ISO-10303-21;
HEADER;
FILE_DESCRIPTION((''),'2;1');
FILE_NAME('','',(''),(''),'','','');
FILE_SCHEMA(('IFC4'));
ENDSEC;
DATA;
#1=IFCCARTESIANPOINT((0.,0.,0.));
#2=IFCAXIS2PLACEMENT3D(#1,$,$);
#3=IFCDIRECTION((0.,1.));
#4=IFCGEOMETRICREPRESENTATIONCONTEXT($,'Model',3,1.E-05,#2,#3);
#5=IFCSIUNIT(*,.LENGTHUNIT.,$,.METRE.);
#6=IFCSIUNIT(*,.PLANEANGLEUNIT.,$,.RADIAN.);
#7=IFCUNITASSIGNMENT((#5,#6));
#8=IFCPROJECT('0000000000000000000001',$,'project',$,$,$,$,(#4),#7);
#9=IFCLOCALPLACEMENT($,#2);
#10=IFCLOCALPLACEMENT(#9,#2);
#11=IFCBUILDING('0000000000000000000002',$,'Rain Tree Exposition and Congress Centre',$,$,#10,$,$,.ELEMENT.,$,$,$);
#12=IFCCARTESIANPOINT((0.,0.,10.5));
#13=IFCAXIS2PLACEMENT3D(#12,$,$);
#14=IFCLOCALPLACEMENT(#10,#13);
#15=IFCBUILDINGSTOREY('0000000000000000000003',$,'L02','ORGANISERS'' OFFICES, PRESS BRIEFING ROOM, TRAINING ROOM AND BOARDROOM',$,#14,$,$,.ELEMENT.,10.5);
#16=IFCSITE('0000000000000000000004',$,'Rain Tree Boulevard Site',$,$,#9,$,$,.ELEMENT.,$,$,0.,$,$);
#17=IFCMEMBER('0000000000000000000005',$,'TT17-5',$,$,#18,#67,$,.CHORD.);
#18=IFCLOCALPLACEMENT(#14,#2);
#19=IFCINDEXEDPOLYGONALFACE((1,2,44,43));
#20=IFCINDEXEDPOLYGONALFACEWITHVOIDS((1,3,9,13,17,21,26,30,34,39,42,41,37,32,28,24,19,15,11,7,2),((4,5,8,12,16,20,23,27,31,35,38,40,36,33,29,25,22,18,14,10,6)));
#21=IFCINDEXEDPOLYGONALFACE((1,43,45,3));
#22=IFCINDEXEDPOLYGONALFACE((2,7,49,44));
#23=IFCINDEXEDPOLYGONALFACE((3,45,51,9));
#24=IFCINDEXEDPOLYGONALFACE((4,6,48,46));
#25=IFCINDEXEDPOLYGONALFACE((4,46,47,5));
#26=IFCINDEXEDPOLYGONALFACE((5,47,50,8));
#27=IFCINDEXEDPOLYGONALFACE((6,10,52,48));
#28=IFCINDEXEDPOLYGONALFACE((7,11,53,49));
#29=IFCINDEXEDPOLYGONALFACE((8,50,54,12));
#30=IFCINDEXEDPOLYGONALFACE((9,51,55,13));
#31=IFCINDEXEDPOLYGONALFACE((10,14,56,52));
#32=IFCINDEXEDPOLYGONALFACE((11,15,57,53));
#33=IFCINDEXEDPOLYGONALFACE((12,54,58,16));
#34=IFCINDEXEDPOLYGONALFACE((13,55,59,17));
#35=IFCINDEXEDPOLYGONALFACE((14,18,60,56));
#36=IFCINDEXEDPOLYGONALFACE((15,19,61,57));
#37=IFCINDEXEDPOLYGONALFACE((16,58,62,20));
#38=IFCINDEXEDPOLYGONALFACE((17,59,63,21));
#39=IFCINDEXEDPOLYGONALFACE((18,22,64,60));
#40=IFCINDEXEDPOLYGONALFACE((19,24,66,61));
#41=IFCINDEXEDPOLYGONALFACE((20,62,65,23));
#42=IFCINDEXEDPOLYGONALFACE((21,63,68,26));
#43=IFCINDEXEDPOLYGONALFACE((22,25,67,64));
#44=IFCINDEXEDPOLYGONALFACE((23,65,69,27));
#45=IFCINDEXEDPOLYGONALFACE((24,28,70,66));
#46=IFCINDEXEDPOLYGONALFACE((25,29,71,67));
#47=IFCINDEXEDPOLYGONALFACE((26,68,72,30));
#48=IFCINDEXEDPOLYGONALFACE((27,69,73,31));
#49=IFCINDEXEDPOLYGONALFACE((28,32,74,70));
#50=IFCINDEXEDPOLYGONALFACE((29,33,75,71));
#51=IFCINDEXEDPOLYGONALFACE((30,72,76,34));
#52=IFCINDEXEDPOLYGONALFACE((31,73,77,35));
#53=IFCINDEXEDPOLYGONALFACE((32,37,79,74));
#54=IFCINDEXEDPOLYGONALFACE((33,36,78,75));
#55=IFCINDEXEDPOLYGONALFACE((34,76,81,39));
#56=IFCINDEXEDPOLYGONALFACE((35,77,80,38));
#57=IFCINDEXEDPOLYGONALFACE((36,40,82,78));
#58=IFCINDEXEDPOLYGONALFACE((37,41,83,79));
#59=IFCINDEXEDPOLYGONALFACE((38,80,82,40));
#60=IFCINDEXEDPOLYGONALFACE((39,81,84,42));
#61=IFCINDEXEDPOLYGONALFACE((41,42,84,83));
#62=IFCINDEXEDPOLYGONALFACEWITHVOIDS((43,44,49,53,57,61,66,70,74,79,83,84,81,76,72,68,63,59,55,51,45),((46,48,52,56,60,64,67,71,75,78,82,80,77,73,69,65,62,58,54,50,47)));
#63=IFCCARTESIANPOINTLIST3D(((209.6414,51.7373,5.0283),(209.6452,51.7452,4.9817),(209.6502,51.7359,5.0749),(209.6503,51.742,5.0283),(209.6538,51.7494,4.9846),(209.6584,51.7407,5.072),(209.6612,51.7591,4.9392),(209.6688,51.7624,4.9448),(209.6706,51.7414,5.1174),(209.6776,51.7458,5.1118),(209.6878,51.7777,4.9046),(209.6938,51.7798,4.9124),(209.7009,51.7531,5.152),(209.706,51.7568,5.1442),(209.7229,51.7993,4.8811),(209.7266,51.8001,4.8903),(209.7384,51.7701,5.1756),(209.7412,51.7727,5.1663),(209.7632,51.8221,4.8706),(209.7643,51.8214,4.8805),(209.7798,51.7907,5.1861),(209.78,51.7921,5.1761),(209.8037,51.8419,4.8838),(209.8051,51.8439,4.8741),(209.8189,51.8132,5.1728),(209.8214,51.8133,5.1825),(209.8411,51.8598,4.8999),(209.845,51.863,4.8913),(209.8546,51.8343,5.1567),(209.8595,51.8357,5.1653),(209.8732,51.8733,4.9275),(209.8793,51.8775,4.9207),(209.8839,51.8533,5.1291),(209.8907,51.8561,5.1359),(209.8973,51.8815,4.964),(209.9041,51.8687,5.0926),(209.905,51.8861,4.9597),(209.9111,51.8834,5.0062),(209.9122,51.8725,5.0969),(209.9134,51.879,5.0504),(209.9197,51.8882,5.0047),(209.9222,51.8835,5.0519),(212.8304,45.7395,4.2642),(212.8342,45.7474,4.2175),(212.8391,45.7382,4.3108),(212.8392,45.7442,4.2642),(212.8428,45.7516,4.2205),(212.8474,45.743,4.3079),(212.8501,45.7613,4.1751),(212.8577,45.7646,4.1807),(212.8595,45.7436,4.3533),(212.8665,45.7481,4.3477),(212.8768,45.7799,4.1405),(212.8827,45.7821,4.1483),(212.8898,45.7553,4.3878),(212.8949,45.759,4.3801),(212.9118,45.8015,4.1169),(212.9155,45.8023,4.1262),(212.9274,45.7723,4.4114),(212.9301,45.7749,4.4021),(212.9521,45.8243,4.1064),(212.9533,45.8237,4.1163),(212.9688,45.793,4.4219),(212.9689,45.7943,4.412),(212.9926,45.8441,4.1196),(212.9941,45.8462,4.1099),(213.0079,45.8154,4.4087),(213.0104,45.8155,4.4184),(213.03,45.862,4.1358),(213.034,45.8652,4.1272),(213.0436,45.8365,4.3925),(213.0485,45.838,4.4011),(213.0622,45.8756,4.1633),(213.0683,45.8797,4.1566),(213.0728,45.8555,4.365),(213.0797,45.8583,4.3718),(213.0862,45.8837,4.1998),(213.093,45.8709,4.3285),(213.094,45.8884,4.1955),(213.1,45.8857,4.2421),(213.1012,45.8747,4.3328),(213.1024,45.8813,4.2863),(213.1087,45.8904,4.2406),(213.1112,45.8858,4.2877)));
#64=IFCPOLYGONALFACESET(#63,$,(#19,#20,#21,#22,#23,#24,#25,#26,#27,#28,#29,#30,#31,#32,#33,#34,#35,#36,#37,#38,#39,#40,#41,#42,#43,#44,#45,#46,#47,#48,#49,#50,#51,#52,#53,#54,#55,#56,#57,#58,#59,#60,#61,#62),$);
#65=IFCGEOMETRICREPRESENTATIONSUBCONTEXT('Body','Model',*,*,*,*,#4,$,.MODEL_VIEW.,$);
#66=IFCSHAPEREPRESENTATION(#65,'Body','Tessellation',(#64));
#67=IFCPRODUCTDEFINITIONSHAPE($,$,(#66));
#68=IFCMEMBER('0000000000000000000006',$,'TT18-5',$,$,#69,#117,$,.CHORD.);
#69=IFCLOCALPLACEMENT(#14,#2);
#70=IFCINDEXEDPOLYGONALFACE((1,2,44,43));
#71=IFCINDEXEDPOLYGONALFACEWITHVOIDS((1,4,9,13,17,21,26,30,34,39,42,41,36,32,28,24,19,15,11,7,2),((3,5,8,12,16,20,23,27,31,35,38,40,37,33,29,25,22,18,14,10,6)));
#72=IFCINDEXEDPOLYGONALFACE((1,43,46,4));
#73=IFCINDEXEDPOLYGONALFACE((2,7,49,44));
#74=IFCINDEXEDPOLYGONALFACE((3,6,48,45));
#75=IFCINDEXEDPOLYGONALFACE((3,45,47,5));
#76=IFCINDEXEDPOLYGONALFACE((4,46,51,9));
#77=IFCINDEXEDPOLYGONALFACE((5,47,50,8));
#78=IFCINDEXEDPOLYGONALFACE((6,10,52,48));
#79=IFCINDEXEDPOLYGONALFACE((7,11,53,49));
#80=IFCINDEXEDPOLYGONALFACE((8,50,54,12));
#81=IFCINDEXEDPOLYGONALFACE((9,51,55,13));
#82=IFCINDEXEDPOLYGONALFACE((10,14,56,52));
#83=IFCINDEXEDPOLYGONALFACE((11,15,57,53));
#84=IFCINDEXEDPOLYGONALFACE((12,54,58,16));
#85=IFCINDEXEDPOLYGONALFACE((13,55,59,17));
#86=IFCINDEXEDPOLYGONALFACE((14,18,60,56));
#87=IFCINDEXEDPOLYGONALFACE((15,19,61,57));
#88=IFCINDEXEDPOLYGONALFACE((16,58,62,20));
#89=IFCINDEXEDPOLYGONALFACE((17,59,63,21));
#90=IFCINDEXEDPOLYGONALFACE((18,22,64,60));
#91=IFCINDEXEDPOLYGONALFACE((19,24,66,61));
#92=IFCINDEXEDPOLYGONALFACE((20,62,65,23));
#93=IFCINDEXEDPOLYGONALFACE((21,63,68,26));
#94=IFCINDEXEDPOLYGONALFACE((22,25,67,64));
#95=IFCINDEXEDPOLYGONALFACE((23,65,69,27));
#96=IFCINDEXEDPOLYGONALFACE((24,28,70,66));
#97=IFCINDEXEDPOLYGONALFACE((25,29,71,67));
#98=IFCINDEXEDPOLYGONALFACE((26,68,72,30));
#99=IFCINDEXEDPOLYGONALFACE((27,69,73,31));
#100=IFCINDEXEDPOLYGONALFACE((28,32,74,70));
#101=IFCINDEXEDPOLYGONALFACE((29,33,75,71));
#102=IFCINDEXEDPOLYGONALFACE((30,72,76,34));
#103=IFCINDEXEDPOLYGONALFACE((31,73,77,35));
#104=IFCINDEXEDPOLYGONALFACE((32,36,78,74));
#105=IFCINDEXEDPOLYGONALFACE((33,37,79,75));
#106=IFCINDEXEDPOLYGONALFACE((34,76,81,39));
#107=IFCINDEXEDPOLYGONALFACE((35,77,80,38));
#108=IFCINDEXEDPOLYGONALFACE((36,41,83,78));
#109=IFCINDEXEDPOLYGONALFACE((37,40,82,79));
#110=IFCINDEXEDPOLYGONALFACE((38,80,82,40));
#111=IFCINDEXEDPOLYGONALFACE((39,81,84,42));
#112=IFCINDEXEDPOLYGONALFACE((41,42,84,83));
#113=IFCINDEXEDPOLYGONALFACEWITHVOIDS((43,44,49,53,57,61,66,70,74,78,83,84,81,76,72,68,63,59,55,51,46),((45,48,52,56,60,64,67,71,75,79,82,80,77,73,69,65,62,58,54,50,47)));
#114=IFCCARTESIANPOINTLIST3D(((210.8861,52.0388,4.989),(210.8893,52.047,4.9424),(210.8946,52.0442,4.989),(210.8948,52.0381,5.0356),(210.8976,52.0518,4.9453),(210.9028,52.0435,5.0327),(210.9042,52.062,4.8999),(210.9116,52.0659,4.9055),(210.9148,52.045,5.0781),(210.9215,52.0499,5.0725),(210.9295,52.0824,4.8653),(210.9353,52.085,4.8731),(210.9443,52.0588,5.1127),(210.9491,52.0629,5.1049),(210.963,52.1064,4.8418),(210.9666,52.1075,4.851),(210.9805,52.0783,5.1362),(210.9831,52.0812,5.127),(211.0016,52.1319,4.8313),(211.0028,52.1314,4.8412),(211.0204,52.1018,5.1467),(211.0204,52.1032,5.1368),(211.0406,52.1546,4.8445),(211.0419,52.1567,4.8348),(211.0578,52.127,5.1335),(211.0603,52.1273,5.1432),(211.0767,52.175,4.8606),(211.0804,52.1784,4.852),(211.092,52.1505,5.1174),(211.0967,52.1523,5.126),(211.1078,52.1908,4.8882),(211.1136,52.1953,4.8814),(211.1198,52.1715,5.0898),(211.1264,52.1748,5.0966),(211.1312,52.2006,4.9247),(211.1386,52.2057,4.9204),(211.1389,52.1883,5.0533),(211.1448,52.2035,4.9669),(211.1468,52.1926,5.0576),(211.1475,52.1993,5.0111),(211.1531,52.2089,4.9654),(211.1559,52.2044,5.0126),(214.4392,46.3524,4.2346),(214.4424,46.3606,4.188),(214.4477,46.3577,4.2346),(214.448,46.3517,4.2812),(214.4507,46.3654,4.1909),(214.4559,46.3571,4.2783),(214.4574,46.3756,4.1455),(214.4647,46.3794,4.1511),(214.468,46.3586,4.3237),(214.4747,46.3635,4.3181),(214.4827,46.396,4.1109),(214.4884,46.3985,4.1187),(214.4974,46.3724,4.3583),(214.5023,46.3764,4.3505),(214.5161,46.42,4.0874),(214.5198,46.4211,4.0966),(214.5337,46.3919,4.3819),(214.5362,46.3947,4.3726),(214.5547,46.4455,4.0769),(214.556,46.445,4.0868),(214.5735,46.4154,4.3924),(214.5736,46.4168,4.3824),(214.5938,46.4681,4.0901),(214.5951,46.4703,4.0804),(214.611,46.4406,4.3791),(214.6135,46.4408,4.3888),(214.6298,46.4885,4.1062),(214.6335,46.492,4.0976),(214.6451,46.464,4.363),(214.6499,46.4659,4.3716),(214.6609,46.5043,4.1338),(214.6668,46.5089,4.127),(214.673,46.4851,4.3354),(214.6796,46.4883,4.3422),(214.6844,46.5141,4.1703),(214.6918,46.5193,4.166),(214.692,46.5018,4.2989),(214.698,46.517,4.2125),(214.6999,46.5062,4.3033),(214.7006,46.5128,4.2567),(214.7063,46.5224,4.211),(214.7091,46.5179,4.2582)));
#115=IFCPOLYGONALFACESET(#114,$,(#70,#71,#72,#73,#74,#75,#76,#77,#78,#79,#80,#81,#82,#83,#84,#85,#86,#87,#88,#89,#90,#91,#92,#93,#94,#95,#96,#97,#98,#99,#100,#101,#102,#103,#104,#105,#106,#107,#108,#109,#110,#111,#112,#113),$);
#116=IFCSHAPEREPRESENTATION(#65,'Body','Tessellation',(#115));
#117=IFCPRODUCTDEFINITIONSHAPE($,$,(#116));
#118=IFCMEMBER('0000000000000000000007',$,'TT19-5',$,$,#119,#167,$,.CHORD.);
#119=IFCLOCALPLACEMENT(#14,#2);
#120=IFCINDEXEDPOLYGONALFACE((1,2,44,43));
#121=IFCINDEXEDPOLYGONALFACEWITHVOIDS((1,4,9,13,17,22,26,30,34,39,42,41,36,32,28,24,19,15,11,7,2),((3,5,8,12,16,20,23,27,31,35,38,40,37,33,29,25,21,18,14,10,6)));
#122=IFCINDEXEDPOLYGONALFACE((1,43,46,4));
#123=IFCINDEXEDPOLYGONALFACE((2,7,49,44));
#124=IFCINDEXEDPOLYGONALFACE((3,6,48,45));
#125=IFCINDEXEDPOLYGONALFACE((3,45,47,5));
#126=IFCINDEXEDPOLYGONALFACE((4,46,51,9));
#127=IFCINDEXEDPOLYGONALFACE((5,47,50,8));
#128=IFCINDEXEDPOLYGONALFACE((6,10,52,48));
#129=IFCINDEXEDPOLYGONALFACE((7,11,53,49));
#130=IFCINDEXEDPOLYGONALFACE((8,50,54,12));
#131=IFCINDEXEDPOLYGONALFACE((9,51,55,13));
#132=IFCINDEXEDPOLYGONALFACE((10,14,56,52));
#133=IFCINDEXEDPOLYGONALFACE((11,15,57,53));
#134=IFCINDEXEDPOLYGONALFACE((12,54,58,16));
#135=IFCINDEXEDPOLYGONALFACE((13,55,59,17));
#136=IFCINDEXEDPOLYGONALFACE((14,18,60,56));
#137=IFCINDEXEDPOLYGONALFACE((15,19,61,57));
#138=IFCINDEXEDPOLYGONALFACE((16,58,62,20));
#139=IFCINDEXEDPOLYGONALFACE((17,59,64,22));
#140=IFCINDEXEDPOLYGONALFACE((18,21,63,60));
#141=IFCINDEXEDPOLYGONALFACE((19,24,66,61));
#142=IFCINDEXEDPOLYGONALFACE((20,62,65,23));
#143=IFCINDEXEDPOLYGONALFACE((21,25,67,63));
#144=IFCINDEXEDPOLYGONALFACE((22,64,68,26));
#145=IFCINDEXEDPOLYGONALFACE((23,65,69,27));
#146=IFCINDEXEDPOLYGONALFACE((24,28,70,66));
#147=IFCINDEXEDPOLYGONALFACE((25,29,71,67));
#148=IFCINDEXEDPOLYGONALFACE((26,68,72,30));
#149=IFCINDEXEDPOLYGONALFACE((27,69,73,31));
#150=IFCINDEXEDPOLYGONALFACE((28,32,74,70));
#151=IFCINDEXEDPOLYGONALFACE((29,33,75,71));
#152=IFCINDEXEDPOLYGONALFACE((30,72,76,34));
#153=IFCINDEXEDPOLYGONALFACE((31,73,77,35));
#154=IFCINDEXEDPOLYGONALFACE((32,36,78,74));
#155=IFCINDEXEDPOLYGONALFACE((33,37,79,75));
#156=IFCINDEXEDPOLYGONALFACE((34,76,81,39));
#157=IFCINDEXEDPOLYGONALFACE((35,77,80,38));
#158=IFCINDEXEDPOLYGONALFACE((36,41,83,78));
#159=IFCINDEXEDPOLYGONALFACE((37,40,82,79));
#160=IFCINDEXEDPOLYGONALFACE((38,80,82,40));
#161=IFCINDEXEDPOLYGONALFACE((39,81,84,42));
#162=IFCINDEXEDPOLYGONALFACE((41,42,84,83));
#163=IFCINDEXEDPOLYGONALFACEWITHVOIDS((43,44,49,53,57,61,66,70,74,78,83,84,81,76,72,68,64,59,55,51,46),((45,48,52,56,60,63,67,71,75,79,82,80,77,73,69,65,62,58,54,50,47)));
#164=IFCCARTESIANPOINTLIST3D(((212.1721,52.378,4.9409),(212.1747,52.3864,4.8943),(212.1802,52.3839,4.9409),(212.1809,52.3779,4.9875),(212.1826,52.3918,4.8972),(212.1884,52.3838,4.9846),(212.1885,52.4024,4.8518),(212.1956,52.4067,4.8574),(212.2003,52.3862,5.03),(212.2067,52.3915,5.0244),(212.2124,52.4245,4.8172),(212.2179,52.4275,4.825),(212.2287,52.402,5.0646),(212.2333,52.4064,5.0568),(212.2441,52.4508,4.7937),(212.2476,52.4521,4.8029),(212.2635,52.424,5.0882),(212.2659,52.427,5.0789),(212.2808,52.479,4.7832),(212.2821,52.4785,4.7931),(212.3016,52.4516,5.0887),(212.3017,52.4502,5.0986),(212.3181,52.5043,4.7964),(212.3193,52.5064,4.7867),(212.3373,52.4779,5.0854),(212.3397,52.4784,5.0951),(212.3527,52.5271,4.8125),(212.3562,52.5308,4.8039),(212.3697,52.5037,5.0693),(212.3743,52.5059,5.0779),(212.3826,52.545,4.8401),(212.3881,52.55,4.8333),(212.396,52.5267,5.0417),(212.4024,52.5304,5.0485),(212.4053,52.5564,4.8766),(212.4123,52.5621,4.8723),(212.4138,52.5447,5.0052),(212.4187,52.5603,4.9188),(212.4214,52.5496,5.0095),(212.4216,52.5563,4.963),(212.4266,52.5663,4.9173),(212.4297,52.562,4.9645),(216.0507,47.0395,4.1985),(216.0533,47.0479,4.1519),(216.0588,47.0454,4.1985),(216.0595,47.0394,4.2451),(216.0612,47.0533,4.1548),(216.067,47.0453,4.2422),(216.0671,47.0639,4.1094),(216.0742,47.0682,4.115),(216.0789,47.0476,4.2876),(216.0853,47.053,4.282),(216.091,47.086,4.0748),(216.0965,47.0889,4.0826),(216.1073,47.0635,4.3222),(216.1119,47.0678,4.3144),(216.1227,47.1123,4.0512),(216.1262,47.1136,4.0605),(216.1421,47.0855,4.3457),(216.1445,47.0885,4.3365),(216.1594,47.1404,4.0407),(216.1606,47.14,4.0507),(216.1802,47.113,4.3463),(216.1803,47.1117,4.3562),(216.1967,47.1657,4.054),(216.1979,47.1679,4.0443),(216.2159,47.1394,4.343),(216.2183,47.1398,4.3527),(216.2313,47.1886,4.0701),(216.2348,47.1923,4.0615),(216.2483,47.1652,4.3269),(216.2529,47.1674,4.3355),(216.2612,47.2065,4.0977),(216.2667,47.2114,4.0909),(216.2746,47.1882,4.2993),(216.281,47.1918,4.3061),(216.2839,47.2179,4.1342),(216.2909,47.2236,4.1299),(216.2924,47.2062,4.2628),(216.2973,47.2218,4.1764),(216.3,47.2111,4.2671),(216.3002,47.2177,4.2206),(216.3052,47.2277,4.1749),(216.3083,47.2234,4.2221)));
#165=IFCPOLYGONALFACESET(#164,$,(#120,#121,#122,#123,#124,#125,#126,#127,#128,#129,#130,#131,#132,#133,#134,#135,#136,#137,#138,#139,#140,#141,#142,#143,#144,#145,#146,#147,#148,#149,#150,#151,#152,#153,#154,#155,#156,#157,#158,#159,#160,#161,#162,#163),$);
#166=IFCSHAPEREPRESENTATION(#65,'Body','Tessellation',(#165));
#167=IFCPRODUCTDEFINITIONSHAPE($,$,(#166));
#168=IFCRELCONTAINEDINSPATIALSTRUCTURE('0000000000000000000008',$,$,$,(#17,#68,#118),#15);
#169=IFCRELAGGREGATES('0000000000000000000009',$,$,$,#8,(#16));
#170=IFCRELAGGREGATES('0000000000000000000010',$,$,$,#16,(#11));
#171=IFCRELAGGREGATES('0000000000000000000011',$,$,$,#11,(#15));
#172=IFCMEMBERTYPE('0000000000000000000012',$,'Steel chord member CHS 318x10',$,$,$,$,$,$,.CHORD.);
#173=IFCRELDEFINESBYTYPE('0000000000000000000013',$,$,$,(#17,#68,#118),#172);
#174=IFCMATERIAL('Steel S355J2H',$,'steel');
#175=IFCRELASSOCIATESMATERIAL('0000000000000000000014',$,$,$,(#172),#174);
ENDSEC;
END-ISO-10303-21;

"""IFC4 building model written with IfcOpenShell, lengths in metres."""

from ifc_helpers import new_model, si_unit, direction, frame, origin, origin_2d, place, context, subcontext, project, spatial, hollow_circle, extrude, material, material_profile, profile_set, type_object, element, save


model = new_model("IFC4")

# Units and contexts
model_context = context("Model", 3, precision=1e-05, world=origin(), true_north=direction((0.0, 1.0)))
body_context = subcontext(model_context, "Body", "Model", "MODEL_VIEW")
ifc_project = project(units=[si_unit("LENGTHUNIT", "METRE"), si_unit("PLANEANGLEUNIT", "RADIAN")], contexts=[model_context])

# Site, building, storey
site_placement = place(None, origin())
site = spatial("IfcSite", under=ifc_project, at=site_placement, Name="Rain Tree Boulevard Site", CompositionType="ELEMENT", RefElevation=0.0)
building_placement = place(site_placement, origin())
building = spatial("IfcBuilding", under=site, at=building_placement, Name="Rain Tree Exposition and Congress Centre", CompositionType="ELEMENT")
storey_placement = place(building_placement, frame((0.0, 0.0, 10.5)))
storey = spatial("IfcBuildingStorey", under=building, at=storey_placement, Name="L02", Description="ORGANISERS' OFFICES, PRESS BRIEFING ROOM, TRAINING ROOM AND BOARDROOM", CompositionType="ELEMENT", Elevation=10.5)

# Members
ifc_material_1 = material(Name="Steel S355J2H", Category="steel")
ifc_material_profile_1 = material_profile(ifc_material_1, hollow_circle(Radius=0.1592, WallThickness=0.01, at=origin_2d()), Name="CHS 318x10")
ifc_profile_set_1 = profile_set([ifc_material_profile_1], Name="Steel S355J2H")
member_type_1 = type_object("IfcMemberType", Name="Steel chord member CHS 318x10", PredefinedType="CHORD", material=ifc_profile_set_1)
member_1_placement = place(storey_placement, frame((212.9709, 45.8142, 4.2642), z_axis=(-0.466515, 0.877421, 0.111789), x_axis=(-0.882955, -0.469457, 0.0)))
element("IfcMember", 1, at=member_1_placement, inside=storey, type_object=member_type_1, Name="TT17-5", PredefinedType="CHORD", context=body_context, shape_type="SweptSolid", body=[
    extrude(hollow_circle(Radius=0.1592, WallThickness=0.01, at=origin_2d()), origin(), (0.0, 0.0, 1.0), 6.8357),
])
member_2_placement = place(storey_placement, frame((214.5742, 46.4368, 4.2346), z_axis=(-0.526585, 0.842739, 0.111801), x_axis=(-0.848056, -0.529907, 0.0)))
element("IfcMember", 2, at=member_2_placement, inside=storey, type_object=member_type_1, Name="TT18-5", PredefinedType="CHORD", context=body_context, shape_type="SweptSolid", body=[
    extrude(hollow_circle(Radius=0.1592, WallThickness=0.01, at=origin_2d()), origin(), (0.0, 0.0, 1.0), 6.7476),
])
member_3_placement = place(storey_placement, frame((216.1794, 47.1331, 4.1985), z_axis=(-0.584093, 0.80395, 0.111804), x_axis=(-0.809022, -0.587778, 0.0)))
element("IfcMember", 3, at=member_3_placement, inside=storey, type_object=member_type_1, Name="TT19-5", PredefinedType="CHORD", context=body_context, shape_type="SweptSolid", body=[
    extrude(hollow_circle(Radius=0.1592, WallThickness=0.01, at=origin_2d()), origin(), (0.0, 0.0, 1.0), 6.6404),
])

save(model, "model.ifc")
